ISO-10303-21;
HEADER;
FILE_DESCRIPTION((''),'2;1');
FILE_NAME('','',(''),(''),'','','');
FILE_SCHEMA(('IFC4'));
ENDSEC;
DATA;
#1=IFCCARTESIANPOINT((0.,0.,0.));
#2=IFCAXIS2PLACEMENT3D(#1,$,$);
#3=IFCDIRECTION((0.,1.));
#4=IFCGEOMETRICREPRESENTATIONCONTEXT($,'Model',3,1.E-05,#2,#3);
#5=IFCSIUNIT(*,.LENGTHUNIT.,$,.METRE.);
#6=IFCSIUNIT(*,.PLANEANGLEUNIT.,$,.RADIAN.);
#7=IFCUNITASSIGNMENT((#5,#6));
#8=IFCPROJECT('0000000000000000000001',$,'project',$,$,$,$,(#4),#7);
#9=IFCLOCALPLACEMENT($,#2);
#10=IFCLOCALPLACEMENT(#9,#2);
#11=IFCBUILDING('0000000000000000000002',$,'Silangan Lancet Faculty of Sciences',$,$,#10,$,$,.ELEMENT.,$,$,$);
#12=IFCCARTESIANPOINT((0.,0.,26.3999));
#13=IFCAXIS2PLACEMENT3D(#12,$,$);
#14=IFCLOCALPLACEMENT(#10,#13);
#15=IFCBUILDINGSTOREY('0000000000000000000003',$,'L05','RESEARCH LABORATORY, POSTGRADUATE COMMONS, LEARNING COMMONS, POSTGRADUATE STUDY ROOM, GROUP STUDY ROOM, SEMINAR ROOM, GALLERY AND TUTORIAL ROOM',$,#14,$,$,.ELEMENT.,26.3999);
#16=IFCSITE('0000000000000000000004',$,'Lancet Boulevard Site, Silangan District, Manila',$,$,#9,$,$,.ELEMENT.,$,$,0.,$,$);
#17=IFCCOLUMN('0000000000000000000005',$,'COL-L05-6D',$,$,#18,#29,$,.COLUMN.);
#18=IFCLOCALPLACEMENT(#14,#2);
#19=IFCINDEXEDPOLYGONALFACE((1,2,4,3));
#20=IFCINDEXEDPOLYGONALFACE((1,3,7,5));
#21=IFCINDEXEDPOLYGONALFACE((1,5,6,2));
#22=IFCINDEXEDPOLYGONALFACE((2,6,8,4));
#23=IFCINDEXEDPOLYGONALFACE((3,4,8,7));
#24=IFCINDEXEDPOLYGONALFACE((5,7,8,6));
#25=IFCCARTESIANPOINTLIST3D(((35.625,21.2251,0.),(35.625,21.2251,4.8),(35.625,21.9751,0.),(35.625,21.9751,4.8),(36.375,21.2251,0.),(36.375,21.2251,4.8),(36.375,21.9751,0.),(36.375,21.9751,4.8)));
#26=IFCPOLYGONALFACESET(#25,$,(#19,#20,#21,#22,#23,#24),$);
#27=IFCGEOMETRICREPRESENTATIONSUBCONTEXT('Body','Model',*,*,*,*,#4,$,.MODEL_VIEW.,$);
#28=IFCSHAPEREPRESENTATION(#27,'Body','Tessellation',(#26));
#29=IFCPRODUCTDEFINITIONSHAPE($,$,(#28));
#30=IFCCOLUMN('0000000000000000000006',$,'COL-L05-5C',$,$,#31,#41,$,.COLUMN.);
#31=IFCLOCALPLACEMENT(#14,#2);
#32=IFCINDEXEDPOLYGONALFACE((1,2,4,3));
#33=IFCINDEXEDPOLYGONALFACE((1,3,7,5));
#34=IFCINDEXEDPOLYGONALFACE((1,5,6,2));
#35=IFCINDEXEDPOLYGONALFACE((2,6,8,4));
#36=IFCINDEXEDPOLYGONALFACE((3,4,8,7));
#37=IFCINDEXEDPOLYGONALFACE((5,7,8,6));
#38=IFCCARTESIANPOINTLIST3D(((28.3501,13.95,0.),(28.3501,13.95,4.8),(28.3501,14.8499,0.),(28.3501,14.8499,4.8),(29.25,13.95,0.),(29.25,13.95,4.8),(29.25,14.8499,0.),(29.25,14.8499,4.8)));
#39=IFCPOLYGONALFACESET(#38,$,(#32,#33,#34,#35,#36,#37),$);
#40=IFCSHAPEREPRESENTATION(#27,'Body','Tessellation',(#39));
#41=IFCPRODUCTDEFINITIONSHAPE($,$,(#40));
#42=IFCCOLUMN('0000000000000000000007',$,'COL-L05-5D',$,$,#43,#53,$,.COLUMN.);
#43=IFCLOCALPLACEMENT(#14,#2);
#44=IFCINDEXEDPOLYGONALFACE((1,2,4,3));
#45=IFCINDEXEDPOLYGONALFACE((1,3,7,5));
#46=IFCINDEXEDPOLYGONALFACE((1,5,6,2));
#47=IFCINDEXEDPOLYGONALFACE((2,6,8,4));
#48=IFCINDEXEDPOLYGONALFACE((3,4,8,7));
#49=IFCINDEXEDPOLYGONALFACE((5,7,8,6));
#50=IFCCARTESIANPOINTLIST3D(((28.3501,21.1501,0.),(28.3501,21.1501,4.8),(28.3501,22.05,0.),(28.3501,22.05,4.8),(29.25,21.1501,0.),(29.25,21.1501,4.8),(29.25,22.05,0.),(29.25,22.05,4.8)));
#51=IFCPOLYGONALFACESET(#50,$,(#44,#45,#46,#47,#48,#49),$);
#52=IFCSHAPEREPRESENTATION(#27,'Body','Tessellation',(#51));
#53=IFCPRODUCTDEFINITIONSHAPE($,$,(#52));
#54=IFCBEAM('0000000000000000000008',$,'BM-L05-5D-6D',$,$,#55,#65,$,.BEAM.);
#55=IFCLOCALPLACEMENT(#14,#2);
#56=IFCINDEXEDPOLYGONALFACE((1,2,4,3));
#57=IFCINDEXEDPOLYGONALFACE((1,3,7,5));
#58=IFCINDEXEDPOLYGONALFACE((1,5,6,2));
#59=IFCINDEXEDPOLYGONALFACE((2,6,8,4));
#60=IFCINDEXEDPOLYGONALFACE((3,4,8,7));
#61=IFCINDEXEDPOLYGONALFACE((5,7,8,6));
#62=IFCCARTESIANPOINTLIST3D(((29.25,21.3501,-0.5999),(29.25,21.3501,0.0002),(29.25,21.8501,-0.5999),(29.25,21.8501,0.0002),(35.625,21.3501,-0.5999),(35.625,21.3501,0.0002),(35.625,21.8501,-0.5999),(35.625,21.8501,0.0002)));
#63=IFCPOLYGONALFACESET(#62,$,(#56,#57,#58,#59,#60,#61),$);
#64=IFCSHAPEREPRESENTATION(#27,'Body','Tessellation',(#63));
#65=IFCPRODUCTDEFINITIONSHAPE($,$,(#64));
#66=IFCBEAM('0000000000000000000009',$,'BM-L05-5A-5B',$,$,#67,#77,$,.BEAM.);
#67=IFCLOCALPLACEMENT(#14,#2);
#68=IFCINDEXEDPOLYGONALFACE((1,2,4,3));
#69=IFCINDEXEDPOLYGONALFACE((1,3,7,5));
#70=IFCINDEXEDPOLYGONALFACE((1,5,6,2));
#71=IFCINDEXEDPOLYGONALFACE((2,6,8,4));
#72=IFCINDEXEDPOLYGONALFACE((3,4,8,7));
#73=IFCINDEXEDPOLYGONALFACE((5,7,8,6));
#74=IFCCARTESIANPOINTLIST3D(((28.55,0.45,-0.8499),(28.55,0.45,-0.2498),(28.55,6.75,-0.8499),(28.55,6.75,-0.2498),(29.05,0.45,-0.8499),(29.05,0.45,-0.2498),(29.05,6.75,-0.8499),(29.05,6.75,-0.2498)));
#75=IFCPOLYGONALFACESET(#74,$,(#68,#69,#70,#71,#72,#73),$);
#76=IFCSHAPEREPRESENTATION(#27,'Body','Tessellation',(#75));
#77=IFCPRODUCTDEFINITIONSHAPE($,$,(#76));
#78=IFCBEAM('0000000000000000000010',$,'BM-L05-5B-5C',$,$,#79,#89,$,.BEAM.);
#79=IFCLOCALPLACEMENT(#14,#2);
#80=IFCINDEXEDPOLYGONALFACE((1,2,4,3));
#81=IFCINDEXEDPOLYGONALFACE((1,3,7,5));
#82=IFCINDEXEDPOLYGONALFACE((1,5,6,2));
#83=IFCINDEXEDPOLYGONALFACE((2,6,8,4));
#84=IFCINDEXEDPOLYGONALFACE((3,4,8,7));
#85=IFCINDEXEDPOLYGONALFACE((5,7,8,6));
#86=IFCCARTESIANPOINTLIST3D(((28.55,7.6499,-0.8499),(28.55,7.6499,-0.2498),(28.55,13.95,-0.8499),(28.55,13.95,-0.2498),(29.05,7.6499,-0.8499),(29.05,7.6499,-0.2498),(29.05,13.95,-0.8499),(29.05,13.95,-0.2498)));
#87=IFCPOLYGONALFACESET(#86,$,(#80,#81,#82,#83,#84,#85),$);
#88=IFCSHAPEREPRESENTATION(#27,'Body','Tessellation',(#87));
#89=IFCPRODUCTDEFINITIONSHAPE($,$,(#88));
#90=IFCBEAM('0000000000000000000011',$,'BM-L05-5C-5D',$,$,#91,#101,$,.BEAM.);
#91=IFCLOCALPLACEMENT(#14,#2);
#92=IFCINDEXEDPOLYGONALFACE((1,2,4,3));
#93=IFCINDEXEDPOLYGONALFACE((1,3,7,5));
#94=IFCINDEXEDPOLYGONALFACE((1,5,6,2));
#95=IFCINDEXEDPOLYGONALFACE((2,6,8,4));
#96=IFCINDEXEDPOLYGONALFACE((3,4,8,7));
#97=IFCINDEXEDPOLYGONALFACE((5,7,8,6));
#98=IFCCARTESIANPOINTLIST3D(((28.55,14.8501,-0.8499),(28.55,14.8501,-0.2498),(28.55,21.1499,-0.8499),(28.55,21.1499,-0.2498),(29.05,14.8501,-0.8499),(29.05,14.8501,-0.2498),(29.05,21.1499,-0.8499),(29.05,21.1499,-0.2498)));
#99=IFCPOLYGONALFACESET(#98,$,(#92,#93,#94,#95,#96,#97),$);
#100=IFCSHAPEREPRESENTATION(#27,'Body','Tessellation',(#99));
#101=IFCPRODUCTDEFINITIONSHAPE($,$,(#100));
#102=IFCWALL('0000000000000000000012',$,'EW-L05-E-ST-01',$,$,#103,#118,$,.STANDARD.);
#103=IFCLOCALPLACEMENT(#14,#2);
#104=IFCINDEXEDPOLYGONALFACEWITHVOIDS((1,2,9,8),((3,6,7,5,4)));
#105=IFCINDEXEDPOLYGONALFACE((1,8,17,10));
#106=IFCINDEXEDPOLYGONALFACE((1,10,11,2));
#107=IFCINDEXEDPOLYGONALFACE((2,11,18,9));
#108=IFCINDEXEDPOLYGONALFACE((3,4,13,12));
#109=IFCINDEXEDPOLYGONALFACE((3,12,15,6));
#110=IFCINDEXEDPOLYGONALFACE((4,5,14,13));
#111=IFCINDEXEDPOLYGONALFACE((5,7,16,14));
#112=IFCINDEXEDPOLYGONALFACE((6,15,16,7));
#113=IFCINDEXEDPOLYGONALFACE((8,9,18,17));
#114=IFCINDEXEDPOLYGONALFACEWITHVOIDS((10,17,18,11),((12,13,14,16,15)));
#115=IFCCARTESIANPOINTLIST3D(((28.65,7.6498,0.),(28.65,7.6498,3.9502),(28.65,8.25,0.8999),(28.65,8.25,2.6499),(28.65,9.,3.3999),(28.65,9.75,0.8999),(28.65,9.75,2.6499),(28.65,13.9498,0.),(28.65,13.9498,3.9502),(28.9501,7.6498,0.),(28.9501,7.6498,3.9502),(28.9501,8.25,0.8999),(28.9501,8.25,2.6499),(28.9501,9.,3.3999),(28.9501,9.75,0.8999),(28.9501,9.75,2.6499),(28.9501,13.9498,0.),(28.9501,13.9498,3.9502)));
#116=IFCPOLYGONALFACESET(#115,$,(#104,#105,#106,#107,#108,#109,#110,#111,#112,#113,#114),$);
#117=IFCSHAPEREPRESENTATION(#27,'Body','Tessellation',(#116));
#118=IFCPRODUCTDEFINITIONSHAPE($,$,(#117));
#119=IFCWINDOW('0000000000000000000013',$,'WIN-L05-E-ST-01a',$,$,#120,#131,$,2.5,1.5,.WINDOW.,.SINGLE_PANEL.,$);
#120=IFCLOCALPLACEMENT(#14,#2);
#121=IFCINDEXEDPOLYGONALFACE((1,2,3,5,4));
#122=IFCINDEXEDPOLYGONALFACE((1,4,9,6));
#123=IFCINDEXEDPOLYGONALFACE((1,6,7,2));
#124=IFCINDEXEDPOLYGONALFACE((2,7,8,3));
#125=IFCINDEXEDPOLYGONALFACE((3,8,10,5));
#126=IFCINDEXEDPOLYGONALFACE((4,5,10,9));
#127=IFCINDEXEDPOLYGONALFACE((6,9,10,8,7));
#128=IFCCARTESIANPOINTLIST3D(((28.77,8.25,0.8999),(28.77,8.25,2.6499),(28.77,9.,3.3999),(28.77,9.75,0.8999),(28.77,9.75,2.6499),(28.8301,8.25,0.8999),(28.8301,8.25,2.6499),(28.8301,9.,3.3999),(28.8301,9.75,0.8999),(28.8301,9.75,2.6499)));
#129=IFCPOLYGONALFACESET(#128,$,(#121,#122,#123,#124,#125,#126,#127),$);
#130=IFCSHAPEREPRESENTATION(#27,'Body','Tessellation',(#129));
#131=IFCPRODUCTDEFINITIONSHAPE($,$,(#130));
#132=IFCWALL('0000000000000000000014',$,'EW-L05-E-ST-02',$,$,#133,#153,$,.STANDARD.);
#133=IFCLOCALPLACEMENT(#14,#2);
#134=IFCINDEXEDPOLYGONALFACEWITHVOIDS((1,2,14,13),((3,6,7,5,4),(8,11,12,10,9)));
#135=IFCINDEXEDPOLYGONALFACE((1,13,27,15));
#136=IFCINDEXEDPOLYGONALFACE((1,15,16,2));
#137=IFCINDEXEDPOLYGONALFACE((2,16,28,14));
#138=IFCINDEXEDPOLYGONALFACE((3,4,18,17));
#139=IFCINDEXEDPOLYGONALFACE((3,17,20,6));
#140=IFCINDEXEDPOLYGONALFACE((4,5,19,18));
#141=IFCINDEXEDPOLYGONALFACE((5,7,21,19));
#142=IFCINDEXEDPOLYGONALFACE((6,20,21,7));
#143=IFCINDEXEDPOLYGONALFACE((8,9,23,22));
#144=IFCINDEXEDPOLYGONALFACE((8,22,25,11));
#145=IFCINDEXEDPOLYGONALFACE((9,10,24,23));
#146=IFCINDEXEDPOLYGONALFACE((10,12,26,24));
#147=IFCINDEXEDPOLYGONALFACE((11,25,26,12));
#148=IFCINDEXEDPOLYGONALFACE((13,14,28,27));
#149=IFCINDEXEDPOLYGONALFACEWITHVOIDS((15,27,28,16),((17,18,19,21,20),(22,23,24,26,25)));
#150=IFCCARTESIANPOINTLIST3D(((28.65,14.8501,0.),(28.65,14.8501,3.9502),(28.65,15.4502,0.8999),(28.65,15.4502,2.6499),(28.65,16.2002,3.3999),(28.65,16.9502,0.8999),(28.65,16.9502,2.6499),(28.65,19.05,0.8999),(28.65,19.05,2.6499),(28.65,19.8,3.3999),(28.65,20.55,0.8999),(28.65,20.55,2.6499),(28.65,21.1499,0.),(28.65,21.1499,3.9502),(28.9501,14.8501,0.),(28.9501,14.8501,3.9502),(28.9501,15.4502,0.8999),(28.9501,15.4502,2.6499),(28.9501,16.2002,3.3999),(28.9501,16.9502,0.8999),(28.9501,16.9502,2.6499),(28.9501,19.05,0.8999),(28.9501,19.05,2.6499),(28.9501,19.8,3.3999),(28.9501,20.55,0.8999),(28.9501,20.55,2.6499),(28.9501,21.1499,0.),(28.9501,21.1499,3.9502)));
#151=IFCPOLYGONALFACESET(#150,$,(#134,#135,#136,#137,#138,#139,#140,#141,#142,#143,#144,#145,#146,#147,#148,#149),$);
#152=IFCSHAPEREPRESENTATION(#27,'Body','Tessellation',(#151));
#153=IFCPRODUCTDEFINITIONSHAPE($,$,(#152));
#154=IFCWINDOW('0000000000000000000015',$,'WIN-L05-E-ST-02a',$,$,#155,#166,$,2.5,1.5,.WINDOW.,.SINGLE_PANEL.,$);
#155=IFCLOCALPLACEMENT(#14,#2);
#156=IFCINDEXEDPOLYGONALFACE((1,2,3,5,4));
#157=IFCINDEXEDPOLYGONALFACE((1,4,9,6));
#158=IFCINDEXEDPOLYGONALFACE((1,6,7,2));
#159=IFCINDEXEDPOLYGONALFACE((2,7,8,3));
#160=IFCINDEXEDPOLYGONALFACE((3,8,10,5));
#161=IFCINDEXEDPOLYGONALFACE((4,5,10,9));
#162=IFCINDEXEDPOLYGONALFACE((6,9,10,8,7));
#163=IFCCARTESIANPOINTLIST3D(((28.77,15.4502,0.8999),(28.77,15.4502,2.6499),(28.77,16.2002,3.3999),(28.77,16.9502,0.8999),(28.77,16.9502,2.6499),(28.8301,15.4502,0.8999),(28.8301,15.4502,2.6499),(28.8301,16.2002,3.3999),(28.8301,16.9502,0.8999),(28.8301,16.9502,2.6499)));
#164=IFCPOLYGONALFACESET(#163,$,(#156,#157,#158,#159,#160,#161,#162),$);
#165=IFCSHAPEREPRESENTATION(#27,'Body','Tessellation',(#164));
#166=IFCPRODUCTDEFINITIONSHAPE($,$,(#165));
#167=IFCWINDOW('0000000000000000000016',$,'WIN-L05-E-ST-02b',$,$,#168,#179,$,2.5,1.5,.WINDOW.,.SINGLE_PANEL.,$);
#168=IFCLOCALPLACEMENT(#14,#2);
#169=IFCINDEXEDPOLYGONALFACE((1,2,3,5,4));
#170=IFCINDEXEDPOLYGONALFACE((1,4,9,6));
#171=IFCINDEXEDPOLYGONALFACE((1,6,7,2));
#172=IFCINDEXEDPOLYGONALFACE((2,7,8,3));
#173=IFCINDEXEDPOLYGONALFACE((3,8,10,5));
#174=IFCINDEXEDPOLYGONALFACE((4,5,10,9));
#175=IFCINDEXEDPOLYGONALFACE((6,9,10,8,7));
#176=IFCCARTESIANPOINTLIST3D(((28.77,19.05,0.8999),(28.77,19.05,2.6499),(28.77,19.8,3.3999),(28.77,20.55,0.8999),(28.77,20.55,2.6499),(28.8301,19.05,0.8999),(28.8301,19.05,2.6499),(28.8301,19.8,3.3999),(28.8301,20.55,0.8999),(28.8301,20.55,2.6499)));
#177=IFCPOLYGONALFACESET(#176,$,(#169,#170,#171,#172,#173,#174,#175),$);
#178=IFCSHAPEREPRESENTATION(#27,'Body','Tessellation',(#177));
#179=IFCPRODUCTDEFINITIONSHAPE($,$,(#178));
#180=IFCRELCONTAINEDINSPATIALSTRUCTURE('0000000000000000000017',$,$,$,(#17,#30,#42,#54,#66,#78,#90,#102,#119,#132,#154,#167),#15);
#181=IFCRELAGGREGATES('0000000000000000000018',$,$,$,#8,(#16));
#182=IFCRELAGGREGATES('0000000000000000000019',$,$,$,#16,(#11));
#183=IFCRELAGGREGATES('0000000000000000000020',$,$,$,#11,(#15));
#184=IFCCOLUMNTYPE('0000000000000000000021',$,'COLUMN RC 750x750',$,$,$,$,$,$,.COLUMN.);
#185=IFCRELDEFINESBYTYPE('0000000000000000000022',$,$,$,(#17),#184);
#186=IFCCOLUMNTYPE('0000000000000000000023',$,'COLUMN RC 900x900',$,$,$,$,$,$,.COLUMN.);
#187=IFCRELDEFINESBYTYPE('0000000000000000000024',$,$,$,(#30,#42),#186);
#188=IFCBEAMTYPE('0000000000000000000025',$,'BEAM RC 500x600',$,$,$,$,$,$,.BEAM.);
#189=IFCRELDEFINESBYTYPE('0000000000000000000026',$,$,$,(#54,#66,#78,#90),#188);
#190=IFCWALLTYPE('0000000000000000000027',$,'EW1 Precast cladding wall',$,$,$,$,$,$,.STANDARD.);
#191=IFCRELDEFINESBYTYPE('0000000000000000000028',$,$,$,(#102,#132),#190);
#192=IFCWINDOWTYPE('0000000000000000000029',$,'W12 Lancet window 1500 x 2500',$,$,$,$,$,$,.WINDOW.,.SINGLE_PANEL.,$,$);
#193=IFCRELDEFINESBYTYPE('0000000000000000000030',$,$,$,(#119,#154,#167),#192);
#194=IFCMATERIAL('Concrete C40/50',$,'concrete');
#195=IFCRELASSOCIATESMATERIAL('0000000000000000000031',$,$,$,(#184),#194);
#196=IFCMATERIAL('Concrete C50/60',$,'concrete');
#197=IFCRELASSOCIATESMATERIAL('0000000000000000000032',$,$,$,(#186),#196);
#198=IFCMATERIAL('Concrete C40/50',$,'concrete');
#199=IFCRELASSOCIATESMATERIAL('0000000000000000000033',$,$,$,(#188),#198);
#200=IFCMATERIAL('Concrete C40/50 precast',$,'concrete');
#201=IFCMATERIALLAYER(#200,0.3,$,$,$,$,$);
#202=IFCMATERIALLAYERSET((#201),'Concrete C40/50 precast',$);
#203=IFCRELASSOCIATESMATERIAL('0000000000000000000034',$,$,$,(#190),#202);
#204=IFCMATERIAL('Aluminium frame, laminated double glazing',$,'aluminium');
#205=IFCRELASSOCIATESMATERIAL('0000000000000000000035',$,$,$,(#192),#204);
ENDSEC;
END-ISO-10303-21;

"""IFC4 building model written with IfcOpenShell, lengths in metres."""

from ifc_helpers import new_model, si_unit, direction, frame, frame_2d, origin, origin_2d, place, context, subcontext, project, spatial, polyline, rectangle, outline, extrude, material, layer, layer_set, material_profile, profile_set, type_object, element, fill, save


model = new_model("IFC4")

# Units and contexts
model_context = context("Model", 3, precision=1e-05, world=origin(), true_north=direction((0.0, 1.0)))
body_context = subcontext(model_context, "Body", "Model", "MODEL_VIEW")
ifc_project = project(units=[si_unit("LENGTHUNIT", "METRE"), si_unit("PLANEANGLEUNIT", "RADIAN")], contexts=[model_context])

# Site, building, storey
site_placement = place(None, origin())
site = spatial("IfcSite", under=ifc_project, at=site_placement, Name="Lancet Boulevard Site, Silangan District, Manila", CompositionType="ELEMENT", RefElevation=0.0)
building_placement = place(site_placement, origin())
building = spatial("IfcBuilding", under=site, at=building_placement, Name="Silangan Lancet Faculty of Sciences", CompositionType="ELEMENT")
storey_placement = place(building_placement, frame((0.0, 0.0, 26.3999)))
storey = spatial("IfcBuildingStorey", under=building, at=storey_placement, Name="L05", Description="RESEARCH LABORATORY, POSTGRADUATE COMMONS, LEARNING COMMONS, POSTGRADUATE STUDY ROOM, GROUP STUDY ROOM, SEMINAR ROOM, GALLERY AND TUTORIAL ROOM", CompositionType="ELEMENT", Elevation=26.3999)

# Columns
ifc_material_1 = material(Name="Concrete C40/50", Category="concrete")
ifc_material_profile_1 = material_profile(ifc_material_1, rectangle(XDim=0.75, YDim=0.75, at=origin_2d()), Name="RC 750x750")
ifc_profile_set_1 = profile_set([ifc_material_profile_1], Name="Concrete C40/50")
column_type_1 = type_object("IfcColumnType", Name="COLUMN RC 750x750", PredefinedType="COLUMN", material=ifc_profile_set_1)
column_placement = place(storey_placement, frame((36.0, 21.6001, 0.0), z_axis=(0.0, 0.0, 1.0), x_axis=(1.0, 0.0, 0.0)))
element("IfcColumn", 1, at=column_placement, inside=storey, type_object=column_type_1, Name="COL-L05-6D", PredefinedType="COLUMN", context=body_context, shape_type="SweptSolid", body=[
    extrude(rectangle(XDim=0.75, YDim=0.75, at=origin_2d()), origin(), (0.0, 0.0, 1.0), 4.8),
])
ifc_material_2 = material(Name="Concrete C50/60", Category="concrete")
ifc_material_profile_2 = material_profile(ifc_material_2, rectangle(XDim=0.8999, YDim=0.8999, at=origin_2d()), Name="RC 900x900")
ifc_profile_set_2 = profile_set([ifc_material_profile_2], Name="Concrete C50/60")
column_type_2 = type_object("IfcColumnType", Name="COLUMN RC 900x900", PredefinedType="COLUMN", material=ifc_profile_set_2)
for number, where, z_axis, x_axis, name in (
    (2, (28.8, 14.3999, 0.0), (0.0, 0.0, 1.0), (1.0, 0.0, 0.0), "COL-L05-5C"),
    (3, (28.8, 21.6001, 0.0), (0.0, 0.0, 1.0), (1.0, 0.0, 0.0), "COL-L05-5D"),
):
    element("IfcColumn", number, at=place(storey_placement, frame(where, z_axis=z_axis, x_axis=x_axis)), inside=storey, type_object=column_type_2, Name=name, PredefinedType="COLUMN", context=body_context, shape_type="SweptSolid", body=[
        extrude(rectangle(XDim=0.8999, YDim=0.8999, at=origin_2d()), origin(), (0.0, 0.0, 1.0), 4.8),
    ])

# Beams
ifc_material_3 = material(Name="Concrete C40/50", Category="concrete")
ifc_material_profile_3 = material_profile(ifc_material_3, rectangle(XDim=0.5, YDim=0.6001, at=origin_2d()), Name="RC 500x600")
ifc_profile_set_3 = profile_set([ifc_material_profile_3], Name="Concrete C40/50")
beam_type = type_object("IfcBeamType", Name="BEAM RC 500x600", PredefinedType="BEAM", material=ifc_profile_set_3)
beam_1_placement = place(storey_placement, frame((29.25, 21.6001, -0.2998), z_axis=(1.0, 0.0, 0.0), x_axis=(0.0, 1.0, 0.0)))
element("IfcBeam", 4, at=beam_1_placement, inside=storey, type_object=beam_type, Name="BM-L05-5D-6D", PredefinedType="BEAM", context=body_context, shape_type="SweptSolid", body=[
    extrude(rectangle(XDim=0.5, YDim=0.6001, at=origin_2d()), origin(), (0.0, 0.0, 1.0), 6.375),
])
for number, where, z_axis, x_axis, name in (
    (5, (28.8, 0.45, -0.5498), (0.0, 1.0, 0.0), (-1.0, 0.0, 0.0), "BM-L05-5A-5B"),
    (6, (28.8, 7.6499, -0.5498), (0.0, 1.0, 0.0), (-1.0, 0.0, 0.0), "BM-L05-5B-5C"),
):
    element("IfcBeam", number, at=place(storey_placement, frame(where, z_axis=z_axis, x_axis=x_axis)), inside=storey, type_object=beam_type, Name=name, PredefinedType="BEAM", context=body_context, shape_type="SweptSolid", body=[
        extrude(rectangle(XDim=0.5, YDim=0.6001, at=origin_2d()), origin(), (0.0, 0.0, 1.0), 6.3),
    ])
beam_2_placement = place(storey_placement, frame((28.8, 14.8501, -0.5498), z_axis=(0.0, 1.0, 0.0), x_axis=(-1.0, 0.0, 0.0)))
element("IfcBeam", 7, at=beam_2_placement, inside=storey, type_object=beam_type, Name="BM-L05-5C-5D", PredefinedType="BEAM", context=body_context, shape_type="SweptSolid", body=[
    extrude(rectangle(XDim=0.5, YDim=0.6001, at=origin_2d()), origin(), (0.0, 0.0, 1.0), 6.2998),
])

# Wall, opening, window
ifc_material_4 = material(Name="Concrete C40/50 precast", Category="concrete")
ifc_layer_1 = layer(ifc_material_4, 0.3)
ifc_layer_set_1 = layer_set([ifc_layer_1], Name="Concrete C40/50 precast")
wall_type_1 = type_object("IfcWallType", Name="EW1 Precast cladding wall", PredefinedType="STANDARD", material=ifc_layer_set_1)
wall_1_placement = place(storey_placement, frame((28.8, 7.6499, 0.0), z_axis=(0.0, 0.0, 1.0), x_axis=(0.0, 1.0, 0.0)))
wall_1 = element("IfcWall", 8, at=wall_1_placement, inside=storey, type_object=wall_type_1, Name="EW-L05-E-ST-01", PredefinedType="STANDARD", context=body_context, shape_type="SweptSolid", body=[
    extrude(rectangle(XDim=6.3, YDim=0.3, at=frame_2d((3.1499, 0.0))), origin(), (0.0, 0.0, 1.0), 3.9502),
])
opening_1_placement = place(wall_1_placement, frame((0.6001, 0.0, 0.8999)))
opening_1 = element("IfcOpeningElement", 9, at=opening_1_placement, cuts=wall_1, PredefinedType="OPENING", context=body_context, shape_type="SweptSolid", body=[
    extrude(outline(polyline([(0.0, 0.0), (1.5, 0.0), (1.5, 1.75), (0.75, 2.5), (0.0, 1.75), (0.0, 0.0)])), frame((0.0, 0.1599, 0.0), z_axis=(0.0, -1.0, 0.0), x_axis=(1.0, 0.0, 0.0)), (0.0, 0.0, 1.0), 0.3201),
])
ifc_material_5 = material(Name="Aluminium frame, laminated double glazing", Category="aluminium")
window_type_1 = type_object("IfcWindowType", Name="W12 Lancet window 1500 x 2500", PartitioningType="SINGLE_PANEL", PredefinedType="WINDOW", material=ifc_material_5)
window_1_placement = place(opening_1_placement, origin())
window_1 = element("IfcWindow", 10, at=window_1_placement, inside=storey, type_object=window_type_1, Name="WIN-L05-E-ST-01a", OverallHeight=2.5, OverallWidth=1.5, PartitioningType="SINGLE_PANEL", PredefinedType="WINDOW", context=body_context, shape_type="SweptSolid", body=[
    extrude(outline(polyline([(0.0, 0.0), (1.5, 0.0), (1.5, 1.75), (0.75, 2.5), (0.0, 1.75), (0.0, 0.0)])), frame((0.0, 0.03, 0.0), z_axis=(0.0, -1.0, 0.0), x_axis=(1.0, 0.0, 0.0)), (0.0, 0.0, 1.0), 0.0601),
])
fill(opening_1, window_1)

# Wall, openings, windows
wall_2_placement = place(storey_placement, frame((28.8, 14.8501, 0.0), z_axis=(0.0, 0.0, 1.0), x_axis=(0.0, 1.0, 0.0)))
wall_2 = element("IfcWall", 11, at=wall_2_placement, inside=storey, type_object=wall_type_1, Name="EW-L05-E-ST-02", PredefinedType="STANDARD", context=body_context, shape_type="SweptSolid", body=[
    extrude(rectangle(XDim=6.2998, YDim=0.3, at=frame_2d((3.1499, 0.0))), origin(), (0.0, 0.0, 1.0), 3.9502),
])
opening_2_placement = place(wall_2_placement, frame((0.6001, 0.0, 0.8999)))
opening_2 = element("IfcOpeningElement", 12, at=opening_2_placement, cuts=wall_2, PredefinedType="OPENING", context=body_context, shape_type="SweptSolid", body=[
    extrude(outline(polyline([(0.0, 0.0), (1.5, 0.0), (1.5, 1.75), (0.75, 2.5), (0.0, 1.75), (0.0, 0.0)])), frame((0.0, 0.1599, 0.0), z_axis=(0.0, -1.0, 0.0), x_axis=(1.0, 0.0, 0.0)), (0.0, 0.0, 1.0), 0.3201),
])
opening_3_placement = place(wall_2_placement, frame((4.2, 0.0, 0.8999)))
opening_3 = element("IfcOpeningElement", 13, at=opening_3_placement, cuts=wall_2, PredefinedType="OPENING", context=body_context, shape_type="SweptSolid", body=[
    extrude(outline(polyline([(0.0, 0.0), (1.5, 0.0), (1.5, 1.75), (0.75, 2.5), (0.0, 1.75), (0.0, 0.0)])), frame((0.0, 0.1599, 0.0), z_axis=(0.0, -1.0, 0.0), x_axis=(1.0, 0.0, 0.0)), (0.0, 0.0, 1.0), 0.3201),
])
window_2_placement = place(opening_2_placement, origin())
window_2 = element("IfcWindow", 14, at=window_2_placement, inside=storey, type_object=window_type_1, Name="WIN-L05-E-ST-02a", OverallHeight=2.5, OverallWidth=1.5, PartitioningType="SINGLE_PANEL", PredefinedType="WINDOW", context=body_context, shape_type="SweptSolid", body=[
    extrude(outline(polyline([(0.0, 0.0), (1.5, 0.0), (1.5, 1.75), (0.75, 2.5), (0.0, 1.75), (0.0, 0.0)])), frame((0.0, 0.03, 0.0), z_axis=(0.0, -1.0, 0.0), x_axis=(1.0, 0.0, 0.0)), (0.0, 0.0, 1.0), 0.0601),
])
fill(opening_2, window_2)
window_3_placement = place(opening_3_placement, origin())
window_3 = element("IfcWindow", 15, at=window_3_placement, inside=storey, type_object=window_type_1, Name="WIN-L05-E-ST-02b", OverallHeight=2.5, OverallWidth=1.5, PartitioningType="SINGLE_PANEL", PredefinedType="WINDOW", context=body_context, shape_type="SweptSolid", body=[
    extrude(outline(polyline([(0.0, 0.0), (1.5, 0.0), (1.5, 1.75), (0.75, 2.5), (0.0, 1.75), (0.0, 0.0)])), frame((0.0, 0.03, 0.0), z_axis=(0.0, -1.0, 0.0), x_axis=(1.0, 0.0, 0.0)), (0.0, 0.0, 1.0), 0.0601),
])
fill(opening_3, window_3)

save(model, "model.ifc")
